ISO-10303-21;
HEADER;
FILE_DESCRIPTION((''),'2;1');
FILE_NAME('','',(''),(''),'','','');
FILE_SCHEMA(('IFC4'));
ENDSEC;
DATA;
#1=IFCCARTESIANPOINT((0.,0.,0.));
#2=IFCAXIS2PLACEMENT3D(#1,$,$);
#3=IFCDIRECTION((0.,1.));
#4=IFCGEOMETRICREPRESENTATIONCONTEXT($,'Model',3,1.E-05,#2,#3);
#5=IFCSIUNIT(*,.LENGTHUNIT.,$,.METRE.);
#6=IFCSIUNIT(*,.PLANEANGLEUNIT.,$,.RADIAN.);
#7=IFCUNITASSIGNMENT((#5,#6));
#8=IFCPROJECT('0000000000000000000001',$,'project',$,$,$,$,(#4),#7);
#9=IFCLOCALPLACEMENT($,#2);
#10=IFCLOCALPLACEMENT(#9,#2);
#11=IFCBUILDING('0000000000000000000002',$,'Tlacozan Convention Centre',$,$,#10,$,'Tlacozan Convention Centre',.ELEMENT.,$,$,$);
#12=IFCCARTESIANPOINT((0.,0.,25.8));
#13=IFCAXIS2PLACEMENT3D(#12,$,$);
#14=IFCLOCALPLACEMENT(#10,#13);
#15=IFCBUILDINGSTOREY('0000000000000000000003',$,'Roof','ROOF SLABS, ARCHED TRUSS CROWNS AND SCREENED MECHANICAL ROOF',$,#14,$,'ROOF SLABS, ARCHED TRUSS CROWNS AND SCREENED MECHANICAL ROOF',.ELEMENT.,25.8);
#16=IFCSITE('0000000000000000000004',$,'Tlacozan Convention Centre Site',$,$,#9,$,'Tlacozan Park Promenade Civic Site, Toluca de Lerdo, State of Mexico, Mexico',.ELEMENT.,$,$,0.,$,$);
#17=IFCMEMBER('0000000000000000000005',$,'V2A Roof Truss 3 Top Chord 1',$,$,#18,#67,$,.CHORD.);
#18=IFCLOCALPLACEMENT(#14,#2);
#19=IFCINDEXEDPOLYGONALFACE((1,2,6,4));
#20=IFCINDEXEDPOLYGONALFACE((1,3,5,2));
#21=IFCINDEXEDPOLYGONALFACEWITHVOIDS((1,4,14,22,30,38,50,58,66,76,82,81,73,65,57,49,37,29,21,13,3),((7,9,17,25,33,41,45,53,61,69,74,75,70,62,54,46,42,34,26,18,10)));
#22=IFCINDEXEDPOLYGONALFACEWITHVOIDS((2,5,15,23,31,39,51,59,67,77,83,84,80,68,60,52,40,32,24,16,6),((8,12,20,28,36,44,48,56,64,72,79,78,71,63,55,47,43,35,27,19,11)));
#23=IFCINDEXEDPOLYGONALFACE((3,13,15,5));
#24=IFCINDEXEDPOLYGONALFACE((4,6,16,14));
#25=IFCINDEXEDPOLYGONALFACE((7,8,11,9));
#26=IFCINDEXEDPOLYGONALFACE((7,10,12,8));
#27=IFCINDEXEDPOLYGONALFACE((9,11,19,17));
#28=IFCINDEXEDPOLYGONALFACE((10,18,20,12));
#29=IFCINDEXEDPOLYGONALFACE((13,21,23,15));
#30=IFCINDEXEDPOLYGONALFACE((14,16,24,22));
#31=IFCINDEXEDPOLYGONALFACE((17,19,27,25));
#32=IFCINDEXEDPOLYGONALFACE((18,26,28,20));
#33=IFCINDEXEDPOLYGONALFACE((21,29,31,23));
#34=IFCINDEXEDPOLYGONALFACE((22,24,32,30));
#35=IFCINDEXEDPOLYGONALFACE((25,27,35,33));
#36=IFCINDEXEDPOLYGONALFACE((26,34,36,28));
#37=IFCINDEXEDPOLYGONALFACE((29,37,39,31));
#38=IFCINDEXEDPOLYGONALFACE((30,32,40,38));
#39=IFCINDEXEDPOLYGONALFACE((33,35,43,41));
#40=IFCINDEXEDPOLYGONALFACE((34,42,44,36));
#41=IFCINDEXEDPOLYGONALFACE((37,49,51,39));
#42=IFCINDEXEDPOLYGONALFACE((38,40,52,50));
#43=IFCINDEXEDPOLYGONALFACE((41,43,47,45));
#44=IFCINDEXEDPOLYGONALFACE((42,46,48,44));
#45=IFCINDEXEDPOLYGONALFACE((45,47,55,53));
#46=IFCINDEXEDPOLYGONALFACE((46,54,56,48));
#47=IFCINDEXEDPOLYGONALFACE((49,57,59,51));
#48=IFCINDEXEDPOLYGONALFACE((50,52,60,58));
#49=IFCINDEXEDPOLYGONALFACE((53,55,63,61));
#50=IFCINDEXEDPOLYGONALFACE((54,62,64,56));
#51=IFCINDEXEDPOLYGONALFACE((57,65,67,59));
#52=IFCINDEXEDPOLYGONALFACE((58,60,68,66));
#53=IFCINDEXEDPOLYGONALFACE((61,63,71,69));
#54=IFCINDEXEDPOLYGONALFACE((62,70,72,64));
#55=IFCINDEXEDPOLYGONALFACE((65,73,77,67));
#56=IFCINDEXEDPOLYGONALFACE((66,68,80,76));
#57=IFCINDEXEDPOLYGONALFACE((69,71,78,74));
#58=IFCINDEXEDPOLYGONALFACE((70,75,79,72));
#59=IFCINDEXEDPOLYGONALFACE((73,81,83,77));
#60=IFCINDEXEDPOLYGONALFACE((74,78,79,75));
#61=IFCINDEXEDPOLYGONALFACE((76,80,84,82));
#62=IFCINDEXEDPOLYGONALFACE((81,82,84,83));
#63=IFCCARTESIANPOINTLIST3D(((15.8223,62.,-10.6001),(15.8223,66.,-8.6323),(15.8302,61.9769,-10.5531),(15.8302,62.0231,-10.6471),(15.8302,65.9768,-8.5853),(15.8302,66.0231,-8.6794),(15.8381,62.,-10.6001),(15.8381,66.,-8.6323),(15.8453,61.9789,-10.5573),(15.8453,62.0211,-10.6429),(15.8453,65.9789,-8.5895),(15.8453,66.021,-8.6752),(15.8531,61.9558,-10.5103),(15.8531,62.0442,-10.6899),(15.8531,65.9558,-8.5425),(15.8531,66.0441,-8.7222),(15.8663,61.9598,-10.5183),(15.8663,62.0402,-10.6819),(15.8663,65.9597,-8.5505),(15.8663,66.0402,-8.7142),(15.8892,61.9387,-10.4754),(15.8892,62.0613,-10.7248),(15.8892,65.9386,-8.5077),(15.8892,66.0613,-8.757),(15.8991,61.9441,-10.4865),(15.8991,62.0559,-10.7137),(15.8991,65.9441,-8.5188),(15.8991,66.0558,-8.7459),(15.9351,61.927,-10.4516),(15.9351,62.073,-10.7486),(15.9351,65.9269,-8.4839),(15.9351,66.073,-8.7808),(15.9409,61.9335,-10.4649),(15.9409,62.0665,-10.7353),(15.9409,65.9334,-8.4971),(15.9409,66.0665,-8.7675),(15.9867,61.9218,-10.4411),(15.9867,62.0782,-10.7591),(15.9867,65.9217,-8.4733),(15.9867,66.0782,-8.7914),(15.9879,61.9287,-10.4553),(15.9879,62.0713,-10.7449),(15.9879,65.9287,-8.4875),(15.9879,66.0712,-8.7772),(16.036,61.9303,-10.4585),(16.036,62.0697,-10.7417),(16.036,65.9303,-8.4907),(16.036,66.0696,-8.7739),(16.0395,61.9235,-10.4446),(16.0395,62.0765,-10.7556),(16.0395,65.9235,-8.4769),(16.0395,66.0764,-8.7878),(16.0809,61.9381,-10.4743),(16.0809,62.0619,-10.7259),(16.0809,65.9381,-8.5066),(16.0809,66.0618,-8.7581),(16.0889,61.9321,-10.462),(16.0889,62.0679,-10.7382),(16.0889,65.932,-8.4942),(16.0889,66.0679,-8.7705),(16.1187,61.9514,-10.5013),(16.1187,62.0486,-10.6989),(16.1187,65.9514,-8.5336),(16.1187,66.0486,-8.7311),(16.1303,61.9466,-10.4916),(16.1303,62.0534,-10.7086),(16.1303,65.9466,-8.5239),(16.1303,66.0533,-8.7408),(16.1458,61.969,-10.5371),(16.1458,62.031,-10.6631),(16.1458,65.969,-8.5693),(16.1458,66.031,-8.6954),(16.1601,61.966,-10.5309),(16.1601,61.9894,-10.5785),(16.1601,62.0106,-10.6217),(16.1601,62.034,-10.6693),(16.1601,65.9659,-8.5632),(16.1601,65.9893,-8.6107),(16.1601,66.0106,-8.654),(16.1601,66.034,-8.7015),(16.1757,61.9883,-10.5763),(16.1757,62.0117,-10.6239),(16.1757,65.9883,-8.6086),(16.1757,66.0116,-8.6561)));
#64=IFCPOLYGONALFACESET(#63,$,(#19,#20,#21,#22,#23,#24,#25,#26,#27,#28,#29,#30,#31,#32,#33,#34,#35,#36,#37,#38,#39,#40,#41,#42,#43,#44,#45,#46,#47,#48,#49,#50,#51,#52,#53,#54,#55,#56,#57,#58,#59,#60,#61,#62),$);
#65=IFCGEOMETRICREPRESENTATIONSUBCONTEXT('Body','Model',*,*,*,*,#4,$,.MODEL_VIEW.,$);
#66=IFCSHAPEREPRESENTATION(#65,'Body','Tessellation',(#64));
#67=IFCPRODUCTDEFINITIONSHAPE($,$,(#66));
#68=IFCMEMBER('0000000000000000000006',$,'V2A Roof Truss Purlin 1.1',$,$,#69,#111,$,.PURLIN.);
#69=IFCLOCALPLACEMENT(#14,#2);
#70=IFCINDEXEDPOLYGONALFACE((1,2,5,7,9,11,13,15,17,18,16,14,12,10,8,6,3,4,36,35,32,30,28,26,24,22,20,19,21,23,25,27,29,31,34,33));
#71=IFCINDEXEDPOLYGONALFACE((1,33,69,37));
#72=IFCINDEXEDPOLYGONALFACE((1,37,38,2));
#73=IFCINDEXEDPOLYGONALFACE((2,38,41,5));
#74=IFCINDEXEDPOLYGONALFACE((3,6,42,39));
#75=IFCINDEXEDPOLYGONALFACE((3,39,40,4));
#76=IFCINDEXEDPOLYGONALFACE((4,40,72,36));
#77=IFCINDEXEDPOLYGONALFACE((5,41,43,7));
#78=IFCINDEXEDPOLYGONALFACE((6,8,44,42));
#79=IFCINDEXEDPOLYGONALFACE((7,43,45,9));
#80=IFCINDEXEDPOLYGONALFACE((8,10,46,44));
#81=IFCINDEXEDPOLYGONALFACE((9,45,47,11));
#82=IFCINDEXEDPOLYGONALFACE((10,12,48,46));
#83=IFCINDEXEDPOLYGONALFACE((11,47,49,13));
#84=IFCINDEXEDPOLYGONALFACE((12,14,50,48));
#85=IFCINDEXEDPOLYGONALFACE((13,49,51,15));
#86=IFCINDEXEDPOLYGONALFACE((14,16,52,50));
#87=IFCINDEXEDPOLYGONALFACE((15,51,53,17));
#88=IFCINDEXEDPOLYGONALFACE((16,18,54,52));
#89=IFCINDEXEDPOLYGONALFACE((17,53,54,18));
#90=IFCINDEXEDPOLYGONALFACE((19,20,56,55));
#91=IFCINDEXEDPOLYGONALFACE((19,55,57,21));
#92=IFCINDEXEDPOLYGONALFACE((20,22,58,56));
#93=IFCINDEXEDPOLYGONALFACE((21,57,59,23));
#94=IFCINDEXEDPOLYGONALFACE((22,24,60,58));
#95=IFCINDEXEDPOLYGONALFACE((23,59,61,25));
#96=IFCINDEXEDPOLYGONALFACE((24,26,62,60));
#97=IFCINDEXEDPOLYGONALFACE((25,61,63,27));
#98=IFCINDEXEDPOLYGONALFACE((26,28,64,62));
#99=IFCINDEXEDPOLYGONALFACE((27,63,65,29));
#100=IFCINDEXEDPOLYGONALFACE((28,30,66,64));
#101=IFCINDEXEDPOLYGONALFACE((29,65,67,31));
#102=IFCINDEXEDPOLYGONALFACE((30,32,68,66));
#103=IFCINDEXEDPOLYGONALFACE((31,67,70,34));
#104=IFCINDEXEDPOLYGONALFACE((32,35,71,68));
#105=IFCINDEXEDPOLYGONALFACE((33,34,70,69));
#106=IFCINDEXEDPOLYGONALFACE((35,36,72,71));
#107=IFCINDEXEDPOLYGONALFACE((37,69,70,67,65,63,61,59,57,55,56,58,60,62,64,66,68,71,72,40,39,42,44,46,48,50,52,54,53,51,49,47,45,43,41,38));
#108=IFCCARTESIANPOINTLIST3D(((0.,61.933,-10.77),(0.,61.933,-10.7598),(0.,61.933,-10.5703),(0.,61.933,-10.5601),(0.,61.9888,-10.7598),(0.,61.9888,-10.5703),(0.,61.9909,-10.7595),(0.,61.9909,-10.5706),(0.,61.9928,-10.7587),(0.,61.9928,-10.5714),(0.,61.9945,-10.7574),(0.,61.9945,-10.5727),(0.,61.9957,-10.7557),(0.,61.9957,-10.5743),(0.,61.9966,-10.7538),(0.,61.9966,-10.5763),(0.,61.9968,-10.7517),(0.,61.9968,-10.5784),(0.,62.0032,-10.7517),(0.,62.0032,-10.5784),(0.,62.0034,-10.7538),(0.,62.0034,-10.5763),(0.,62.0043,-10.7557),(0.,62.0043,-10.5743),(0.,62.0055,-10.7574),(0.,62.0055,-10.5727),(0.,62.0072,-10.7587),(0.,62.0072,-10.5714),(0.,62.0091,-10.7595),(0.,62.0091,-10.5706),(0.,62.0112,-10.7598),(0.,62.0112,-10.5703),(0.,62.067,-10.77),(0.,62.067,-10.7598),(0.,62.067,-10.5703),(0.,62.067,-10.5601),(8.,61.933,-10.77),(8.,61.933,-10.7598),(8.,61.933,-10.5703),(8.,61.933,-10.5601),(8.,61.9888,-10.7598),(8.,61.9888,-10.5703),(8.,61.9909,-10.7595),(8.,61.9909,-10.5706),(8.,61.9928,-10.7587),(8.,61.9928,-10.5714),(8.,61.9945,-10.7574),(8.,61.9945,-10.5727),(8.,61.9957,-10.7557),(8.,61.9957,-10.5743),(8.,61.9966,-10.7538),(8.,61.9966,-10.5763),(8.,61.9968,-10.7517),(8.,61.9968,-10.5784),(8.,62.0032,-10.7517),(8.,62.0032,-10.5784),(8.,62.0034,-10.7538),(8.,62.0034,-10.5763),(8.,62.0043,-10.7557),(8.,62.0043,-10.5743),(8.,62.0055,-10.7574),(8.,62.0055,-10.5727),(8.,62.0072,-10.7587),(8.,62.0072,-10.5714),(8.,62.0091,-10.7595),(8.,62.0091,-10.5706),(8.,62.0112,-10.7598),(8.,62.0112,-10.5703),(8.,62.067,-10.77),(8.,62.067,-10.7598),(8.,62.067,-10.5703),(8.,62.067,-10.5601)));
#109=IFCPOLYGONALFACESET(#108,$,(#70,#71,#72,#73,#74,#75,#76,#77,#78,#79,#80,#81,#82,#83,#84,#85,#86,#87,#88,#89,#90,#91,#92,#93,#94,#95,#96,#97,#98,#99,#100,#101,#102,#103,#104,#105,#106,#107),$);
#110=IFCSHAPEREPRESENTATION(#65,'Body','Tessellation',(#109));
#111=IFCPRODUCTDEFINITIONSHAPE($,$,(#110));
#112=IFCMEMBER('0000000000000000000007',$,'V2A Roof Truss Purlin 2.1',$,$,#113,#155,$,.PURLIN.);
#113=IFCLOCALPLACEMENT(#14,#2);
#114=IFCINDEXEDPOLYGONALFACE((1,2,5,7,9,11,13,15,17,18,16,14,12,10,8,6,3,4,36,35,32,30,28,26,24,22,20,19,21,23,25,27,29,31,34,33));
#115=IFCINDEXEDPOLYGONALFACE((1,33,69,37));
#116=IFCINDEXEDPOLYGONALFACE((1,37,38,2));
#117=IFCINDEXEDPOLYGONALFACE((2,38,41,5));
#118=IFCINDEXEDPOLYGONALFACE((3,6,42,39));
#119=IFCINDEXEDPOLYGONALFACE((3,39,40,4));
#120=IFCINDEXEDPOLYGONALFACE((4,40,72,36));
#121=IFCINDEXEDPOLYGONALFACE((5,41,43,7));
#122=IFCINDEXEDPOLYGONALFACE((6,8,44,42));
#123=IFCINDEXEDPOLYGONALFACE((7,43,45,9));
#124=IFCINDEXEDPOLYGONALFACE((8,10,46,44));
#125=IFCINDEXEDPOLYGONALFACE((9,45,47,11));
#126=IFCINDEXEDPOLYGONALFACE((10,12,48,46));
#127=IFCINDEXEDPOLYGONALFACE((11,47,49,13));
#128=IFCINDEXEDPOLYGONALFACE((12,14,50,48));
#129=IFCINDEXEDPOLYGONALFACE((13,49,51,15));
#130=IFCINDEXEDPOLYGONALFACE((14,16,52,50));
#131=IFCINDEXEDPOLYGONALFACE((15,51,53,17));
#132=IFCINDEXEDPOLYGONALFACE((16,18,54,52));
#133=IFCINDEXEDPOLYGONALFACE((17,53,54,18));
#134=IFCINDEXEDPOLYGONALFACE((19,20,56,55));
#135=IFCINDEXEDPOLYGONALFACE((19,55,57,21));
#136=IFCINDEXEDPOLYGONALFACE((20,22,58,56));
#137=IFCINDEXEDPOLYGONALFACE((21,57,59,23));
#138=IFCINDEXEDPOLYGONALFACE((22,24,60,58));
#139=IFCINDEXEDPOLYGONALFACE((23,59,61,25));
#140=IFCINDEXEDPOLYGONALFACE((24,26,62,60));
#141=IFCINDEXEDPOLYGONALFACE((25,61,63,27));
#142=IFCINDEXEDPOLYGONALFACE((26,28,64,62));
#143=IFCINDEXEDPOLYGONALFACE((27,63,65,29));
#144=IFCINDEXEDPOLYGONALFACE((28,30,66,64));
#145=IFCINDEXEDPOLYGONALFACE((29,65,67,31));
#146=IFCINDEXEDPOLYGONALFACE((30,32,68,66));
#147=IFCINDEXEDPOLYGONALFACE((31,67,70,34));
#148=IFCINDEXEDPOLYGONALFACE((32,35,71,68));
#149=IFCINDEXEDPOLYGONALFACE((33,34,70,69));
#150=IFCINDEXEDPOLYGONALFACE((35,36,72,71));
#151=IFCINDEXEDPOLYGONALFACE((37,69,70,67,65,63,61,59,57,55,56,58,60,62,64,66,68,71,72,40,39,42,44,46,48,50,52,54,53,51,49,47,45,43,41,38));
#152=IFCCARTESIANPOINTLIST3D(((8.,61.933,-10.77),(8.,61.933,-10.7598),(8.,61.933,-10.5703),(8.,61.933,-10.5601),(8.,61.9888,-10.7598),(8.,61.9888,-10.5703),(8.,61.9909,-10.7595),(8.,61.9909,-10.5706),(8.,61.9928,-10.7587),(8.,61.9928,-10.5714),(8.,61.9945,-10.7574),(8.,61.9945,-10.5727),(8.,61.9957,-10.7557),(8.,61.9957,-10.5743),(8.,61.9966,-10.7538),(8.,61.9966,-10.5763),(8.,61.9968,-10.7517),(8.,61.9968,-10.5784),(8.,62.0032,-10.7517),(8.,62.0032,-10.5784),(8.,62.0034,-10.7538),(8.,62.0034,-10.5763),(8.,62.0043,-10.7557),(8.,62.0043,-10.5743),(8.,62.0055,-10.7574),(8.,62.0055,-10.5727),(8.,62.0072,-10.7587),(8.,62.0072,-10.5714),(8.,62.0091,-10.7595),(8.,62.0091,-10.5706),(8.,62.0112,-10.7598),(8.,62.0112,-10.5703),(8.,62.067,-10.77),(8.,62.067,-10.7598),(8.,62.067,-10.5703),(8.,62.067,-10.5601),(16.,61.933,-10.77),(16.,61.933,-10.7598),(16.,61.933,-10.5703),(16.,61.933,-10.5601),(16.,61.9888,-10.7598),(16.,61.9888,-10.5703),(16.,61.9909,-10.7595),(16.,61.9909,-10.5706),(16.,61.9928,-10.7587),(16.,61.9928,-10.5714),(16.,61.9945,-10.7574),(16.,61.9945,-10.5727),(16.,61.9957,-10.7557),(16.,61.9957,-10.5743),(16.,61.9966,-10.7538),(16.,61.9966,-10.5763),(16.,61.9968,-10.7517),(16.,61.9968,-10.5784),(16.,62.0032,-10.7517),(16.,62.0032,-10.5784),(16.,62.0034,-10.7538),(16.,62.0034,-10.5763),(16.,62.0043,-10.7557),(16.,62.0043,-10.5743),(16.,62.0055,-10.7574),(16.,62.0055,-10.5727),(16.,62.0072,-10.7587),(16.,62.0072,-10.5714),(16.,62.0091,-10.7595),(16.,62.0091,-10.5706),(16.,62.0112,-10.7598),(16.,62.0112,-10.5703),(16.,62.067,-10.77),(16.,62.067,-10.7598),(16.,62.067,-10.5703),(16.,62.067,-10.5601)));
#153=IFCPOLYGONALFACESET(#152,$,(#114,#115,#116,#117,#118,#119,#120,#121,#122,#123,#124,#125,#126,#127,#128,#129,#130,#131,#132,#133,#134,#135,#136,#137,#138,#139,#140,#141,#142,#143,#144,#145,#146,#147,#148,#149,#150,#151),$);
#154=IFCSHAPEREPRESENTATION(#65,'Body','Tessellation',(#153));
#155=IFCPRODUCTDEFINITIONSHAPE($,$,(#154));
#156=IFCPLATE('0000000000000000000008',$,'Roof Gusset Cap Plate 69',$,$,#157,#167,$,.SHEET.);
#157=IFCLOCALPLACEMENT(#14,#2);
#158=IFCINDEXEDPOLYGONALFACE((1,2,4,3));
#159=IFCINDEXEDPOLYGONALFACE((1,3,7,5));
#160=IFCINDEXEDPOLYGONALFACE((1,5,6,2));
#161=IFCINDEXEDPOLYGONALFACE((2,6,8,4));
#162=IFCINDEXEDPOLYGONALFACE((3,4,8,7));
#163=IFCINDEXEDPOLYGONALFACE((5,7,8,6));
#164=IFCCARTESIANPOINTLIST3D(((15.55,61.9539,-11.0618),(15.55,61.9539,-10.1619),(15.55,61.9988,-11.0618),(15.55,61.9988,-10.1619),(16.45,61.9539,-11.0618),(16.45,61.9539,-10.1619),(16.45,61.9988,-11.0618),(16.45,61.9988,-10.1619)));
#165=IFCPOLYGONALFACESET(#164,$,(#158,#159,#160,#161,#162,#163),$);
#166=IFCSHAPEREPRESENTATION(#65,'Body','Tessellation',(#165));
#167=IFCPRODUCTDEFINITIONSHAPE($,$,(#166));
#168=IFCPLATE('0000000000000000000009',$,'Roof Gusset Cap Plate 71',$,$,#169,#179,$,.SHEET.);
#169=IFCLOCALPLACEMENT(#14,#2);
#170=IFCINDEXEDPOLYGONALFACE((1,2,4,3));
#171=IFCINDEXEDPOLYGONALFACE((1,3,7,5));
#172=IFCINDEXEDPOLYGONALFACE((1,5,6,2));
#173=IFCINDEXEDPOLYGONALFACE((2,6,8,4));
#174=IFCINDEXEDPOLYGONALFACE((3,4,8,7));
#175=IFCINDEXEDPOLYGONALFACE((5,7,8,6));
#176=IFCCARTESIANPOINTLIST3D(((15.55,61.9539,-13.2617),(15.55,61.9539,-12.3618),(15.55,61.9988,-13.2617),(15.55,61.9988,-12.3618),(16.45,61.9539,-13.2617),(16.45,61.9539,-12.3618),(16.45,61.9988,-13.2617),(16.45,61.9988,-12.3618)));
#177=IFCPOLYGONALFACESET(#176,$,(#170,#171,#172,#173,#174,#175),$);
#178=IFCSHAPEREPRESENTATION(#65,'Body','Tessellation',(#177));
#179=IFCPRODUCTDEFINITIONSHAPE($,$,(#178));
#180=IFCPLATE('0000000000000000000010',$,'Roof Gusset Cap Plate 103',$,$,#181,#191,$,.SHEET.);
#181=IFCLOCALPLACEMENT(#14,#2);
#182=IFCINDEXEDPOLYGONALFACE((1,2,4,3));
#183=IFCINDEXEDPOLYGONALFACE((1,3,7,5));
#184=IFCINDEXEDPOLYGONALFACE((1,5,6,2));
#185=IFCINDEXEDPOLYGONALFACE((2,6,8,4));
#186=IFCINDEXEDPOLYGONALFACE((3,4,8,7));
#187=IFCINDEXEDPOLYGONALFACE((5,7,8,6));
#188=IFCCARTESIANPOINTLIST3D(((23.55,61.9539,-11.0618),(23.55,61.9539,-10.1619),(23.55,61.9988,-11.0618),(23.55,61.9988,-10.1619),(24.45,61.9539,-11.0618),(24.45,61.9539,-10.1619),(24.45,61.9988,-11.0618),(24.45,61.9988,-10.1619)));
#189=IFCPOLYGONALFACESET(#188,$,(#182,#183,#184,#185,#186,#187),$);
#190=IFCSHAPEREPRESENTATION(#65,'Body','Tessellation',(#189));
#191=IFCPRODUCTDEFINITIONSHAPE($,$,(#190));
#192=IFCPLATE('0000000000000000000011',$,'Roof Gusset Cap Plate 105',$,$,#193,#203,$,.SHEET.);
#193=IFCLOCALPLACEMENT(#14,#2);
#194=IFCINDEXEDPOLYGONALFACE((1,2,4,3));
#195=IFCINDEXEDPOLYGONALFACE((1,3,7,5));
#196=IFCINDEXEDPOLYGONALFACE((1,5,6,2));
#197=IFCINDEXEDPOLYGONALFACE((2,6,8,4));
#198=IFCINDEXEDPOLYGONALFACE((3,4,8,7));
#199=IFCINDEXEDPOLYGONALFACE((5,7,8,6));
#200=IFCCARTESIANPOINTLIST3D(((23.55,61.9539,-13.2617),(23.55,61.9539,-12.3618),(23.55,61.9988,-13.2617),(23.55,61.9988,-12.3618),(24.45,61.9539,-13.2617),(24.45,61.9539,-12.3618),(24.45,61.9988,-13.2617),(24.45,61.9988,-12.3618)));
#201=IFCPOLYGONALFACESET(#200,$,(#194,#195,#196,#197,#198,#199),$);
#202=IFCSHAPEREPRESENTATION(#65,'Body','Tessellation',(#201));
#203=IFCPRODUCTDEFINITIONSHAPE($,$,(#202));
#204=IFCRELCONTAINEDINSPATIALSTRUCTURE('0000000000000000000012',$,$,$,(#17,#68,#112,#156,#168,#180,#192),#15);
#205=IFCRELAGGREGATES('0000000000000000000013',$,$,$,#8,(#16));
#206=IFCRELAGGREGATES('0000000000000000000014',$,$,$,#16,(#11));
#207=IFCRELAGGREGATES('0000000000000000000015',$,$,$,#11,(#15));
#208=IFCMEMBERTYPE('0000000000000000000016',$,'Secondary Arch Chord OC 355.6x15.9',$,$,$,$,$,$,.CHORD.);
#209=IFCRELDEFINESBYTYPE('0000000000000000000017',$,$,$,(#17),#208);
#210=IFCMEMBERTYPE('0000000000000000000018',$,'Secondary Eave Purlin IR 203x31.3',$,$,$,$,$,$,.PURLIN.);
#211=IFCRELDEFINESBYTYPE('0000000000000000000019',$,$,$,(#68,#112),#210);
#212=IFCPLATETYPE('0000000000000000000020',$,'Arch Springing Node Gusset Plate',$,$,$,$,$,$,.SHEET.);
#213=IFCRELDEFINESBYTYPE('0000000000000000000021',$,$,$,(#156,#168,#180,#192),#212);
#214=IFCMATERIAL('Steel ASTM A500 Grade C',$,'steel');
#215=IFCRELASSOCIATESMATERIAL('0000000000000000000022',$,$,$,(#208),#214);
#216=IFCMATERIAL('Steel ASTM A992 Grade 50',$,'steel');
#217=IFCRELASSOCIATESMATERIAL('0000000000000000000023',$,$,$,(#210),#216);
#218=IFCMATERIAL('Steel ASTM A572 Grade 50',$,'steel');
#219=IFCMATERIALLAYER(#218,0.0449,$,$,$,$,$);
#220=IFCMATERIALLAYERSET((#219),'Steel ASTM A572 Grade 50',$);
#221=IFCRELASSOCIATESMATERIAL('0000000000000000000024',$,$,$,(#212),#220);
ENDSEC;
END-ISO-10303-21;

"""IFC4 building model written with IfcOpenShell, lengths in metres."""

from ifc_helpers import new_model, si_unit, direction, frame, origin, origin_2d, place, context, subcontext, project, spatial, rectangle, hollow_circle, i_section, extrude, material, layer, layer_set, material_profile, profile_set, type_object, element, save


model = new_model("IFC4")

# Units and contexts
model_context = context("Model", 3, precision=1e-05, world=origin(), true_north=direction((0.0, 1.0)))
body_context = subcontext(model_context, "Body", "Model", "MODEL_VIEW")
ifc_project = project(units=[si_unit("LENGTHUNIT", "METRE"), si_unit("PLANEANGLEUNIT", "RADIAN")], contexts=[model_context])

# Site, building, storey
site_placement = place(None, origin())
site = spatial("IfcSite", under=ifc_project, at=site_placement, Name="Tlacozan Convention Centre Site", LongName="Tlacozan Park Promenade Civic Site, Toluca de Lerdo, State of Mexico, Mexico", CompositionType="ELEMENT", RefElevation=0.0)
building_placement = place(site_placement, origin())
building = spatial("IfcBuilding", under=site, at=building_placement, Name="Tlacozan Convention Centre", LongName="Tlacozan Convention Centre", CompositionType="ELEMENT")
storey_placement = place(building_placement, frame((0.0, 0.0, 25.8)))
storey = spatial("IfcBuildingStorey", under=building, at=storey_placement, Name="Roof", Description="ROOF SLABS, ARCHED TRUSS CROWNS AND SCREENED MECHANICAL ROOF", LongName="ROOF SLABS, ARCHED TRUSS CROWNS AND SCREENED MECHANICAL ROOF", CompositionType="ELEMENT", Elevation=25.8)

# Members
ifc_material_1 = material(Name="Steel ASTM A500 Grade C", Category="steel")
ifc_material_profile_1 = material_profile(ifc_material_1, hollow_circle(Radius=0.1777, WallThickness=0.0159, at=origin_2d()), Name="OC 355.6x15.9")
ifc_profile_set_1 = profile_set([ifc_material_profile_1], Name="Steel ASTM A500 Grade C")
member_type_1 = type_object("IfcMemberType", Name="Secondary Arch Chord OC 355.6x15.9", PredefinedType="CHORD", material=ifc_profile_set_1)
for number, where, z_axis, x_axis, name in (
    (1, (16.0, 62.0, -10.6001), (0.0, 0.8973, 0.441421), (-1.0, 0.0, 0.0), "V2A Roof Truss 3 Top Chord 1"),
):
    element("IfcMember", number, at=place(storey_placement, frame(where, z_axis=z_axis, x_axis=x_axis)), inside=storey, type_object=member_type_1, Name=name, PredefinedType="CHORD", context=body_context, shape_type="SweptSolid", body=[
        extrude(hollow_circle(Radius=0.1777, WallThickness=0.0159, at=origin_2d()), origin(), (0.0, 0.0, 1.0), 4.4578),
    ])
ifc_material_2 = material(Name="Steel ASTM A992 Grade 50", Category="steel")
ifc_material_profile_2 = material_profile(ifc_material_2, i_section(OverallWidth=0.134, OverallDepth=0.21, WebThickness=0.0063, FlangeThickness=0.0103, FilletRadius=0.0081, at=origin_2d()), Name="IR 203x31.3")
ifc_profile_set_2 = profile_set([ifc_material_profile_2], Name="Steel ASTM A992 Grade 50")
member_type_2 = type_object("IfcMemberType", Name="Secondary Eave Purlin IR 203x31.3", PredefinedType="PURLIN", material=ifc_profile_set_2)
for number, where, z_axis, x_axis, name in (
    (2, (0.0, 62.0, -10.665), (1.0, 0.0, 0.0), (0.0, 1.0, 0.0), "V2A Roof Truss Purlin 1.1"),
    (3, (8.0, 62.0, -10.665), (1.0, 0.0, 0.0), (0.0, 1.0, 0.0), "V2A Roof Truss Purlin 2.1"),
):
    element("IfcMember", number, at=place(storey_placement, frame(where, z_axis=z_axis, x_axis=x_axis)), inside=storey, type_object=member_type_2, Name=name, PredefinedType="PURLIN", context=body_context, shape_type="SweptSolid", body=[
        extrude(i_section(OverallWidth=0.134, OverallDepth=0.21, WebThickness=0.0063, FlangeThickness=0.0103, FilletRadius=0.0081, at=origin_2d()), origin(), (0.0, 0.0, 1.0), 8.0),
    ])

# Plates
ifc_material_3 = material(Name="Steel ASTM A572 Grade 50", Category="steel")
ifc_layer_1 = layer(ifc_material_3, 0.0449)
ifc_layer_set_1 = layer_set([ifc_layer_1], Name="Steel ASTM A572 Grade 50")
plate_type = type_object("IfcPlateType", Name="Arch Springing Node Gusset Plate", PredefinedType="SHEET", material=ifc_layer_set_1)
for number, where, z_axis, x_axis, name in (
    (4, (16.0, 61.9763, -11.0618), (0.0, 0.0, 1.0), (0.0, 1.0, 0.0), "Roof Gusset Cap Plate 69"),
    (5, (16.0, 61.9763, -13.2617), (0.0, 0.0, 1.0), (0.0, 1.0, 0.0), "Roof Gusset Cap Plate 71"),
    (6, (24.0, 61.9763, -11.0618), (0.0, 0.0, 1.0), (0.0, 1.0, 0.0), "Roof Gusset Cap Plate 103"),
    (7, (24.0, 61.9763, -13.2617), (0.0, 0.0, 1.0), (0.0, 1.0, 0.0), "Roof Gusset Cap Plate 105"),
):
    element("IfcPlate", number, at=place(storey_placement, frame(where, z_axis=z_axis, x_axis=x_axis)), inside=storey, type_object=plate_type, Name=name, PredefinedType="SHEET", context=body_context, shape_type="SweptSolid", body=[
        extrude(rectangle(XDim=0.0449, YDim=0.8999, at=origin_2d()), origin(), (0.0, 0.0, 1.0), 0.8999),
    ])

save(model, "model.ifc")
